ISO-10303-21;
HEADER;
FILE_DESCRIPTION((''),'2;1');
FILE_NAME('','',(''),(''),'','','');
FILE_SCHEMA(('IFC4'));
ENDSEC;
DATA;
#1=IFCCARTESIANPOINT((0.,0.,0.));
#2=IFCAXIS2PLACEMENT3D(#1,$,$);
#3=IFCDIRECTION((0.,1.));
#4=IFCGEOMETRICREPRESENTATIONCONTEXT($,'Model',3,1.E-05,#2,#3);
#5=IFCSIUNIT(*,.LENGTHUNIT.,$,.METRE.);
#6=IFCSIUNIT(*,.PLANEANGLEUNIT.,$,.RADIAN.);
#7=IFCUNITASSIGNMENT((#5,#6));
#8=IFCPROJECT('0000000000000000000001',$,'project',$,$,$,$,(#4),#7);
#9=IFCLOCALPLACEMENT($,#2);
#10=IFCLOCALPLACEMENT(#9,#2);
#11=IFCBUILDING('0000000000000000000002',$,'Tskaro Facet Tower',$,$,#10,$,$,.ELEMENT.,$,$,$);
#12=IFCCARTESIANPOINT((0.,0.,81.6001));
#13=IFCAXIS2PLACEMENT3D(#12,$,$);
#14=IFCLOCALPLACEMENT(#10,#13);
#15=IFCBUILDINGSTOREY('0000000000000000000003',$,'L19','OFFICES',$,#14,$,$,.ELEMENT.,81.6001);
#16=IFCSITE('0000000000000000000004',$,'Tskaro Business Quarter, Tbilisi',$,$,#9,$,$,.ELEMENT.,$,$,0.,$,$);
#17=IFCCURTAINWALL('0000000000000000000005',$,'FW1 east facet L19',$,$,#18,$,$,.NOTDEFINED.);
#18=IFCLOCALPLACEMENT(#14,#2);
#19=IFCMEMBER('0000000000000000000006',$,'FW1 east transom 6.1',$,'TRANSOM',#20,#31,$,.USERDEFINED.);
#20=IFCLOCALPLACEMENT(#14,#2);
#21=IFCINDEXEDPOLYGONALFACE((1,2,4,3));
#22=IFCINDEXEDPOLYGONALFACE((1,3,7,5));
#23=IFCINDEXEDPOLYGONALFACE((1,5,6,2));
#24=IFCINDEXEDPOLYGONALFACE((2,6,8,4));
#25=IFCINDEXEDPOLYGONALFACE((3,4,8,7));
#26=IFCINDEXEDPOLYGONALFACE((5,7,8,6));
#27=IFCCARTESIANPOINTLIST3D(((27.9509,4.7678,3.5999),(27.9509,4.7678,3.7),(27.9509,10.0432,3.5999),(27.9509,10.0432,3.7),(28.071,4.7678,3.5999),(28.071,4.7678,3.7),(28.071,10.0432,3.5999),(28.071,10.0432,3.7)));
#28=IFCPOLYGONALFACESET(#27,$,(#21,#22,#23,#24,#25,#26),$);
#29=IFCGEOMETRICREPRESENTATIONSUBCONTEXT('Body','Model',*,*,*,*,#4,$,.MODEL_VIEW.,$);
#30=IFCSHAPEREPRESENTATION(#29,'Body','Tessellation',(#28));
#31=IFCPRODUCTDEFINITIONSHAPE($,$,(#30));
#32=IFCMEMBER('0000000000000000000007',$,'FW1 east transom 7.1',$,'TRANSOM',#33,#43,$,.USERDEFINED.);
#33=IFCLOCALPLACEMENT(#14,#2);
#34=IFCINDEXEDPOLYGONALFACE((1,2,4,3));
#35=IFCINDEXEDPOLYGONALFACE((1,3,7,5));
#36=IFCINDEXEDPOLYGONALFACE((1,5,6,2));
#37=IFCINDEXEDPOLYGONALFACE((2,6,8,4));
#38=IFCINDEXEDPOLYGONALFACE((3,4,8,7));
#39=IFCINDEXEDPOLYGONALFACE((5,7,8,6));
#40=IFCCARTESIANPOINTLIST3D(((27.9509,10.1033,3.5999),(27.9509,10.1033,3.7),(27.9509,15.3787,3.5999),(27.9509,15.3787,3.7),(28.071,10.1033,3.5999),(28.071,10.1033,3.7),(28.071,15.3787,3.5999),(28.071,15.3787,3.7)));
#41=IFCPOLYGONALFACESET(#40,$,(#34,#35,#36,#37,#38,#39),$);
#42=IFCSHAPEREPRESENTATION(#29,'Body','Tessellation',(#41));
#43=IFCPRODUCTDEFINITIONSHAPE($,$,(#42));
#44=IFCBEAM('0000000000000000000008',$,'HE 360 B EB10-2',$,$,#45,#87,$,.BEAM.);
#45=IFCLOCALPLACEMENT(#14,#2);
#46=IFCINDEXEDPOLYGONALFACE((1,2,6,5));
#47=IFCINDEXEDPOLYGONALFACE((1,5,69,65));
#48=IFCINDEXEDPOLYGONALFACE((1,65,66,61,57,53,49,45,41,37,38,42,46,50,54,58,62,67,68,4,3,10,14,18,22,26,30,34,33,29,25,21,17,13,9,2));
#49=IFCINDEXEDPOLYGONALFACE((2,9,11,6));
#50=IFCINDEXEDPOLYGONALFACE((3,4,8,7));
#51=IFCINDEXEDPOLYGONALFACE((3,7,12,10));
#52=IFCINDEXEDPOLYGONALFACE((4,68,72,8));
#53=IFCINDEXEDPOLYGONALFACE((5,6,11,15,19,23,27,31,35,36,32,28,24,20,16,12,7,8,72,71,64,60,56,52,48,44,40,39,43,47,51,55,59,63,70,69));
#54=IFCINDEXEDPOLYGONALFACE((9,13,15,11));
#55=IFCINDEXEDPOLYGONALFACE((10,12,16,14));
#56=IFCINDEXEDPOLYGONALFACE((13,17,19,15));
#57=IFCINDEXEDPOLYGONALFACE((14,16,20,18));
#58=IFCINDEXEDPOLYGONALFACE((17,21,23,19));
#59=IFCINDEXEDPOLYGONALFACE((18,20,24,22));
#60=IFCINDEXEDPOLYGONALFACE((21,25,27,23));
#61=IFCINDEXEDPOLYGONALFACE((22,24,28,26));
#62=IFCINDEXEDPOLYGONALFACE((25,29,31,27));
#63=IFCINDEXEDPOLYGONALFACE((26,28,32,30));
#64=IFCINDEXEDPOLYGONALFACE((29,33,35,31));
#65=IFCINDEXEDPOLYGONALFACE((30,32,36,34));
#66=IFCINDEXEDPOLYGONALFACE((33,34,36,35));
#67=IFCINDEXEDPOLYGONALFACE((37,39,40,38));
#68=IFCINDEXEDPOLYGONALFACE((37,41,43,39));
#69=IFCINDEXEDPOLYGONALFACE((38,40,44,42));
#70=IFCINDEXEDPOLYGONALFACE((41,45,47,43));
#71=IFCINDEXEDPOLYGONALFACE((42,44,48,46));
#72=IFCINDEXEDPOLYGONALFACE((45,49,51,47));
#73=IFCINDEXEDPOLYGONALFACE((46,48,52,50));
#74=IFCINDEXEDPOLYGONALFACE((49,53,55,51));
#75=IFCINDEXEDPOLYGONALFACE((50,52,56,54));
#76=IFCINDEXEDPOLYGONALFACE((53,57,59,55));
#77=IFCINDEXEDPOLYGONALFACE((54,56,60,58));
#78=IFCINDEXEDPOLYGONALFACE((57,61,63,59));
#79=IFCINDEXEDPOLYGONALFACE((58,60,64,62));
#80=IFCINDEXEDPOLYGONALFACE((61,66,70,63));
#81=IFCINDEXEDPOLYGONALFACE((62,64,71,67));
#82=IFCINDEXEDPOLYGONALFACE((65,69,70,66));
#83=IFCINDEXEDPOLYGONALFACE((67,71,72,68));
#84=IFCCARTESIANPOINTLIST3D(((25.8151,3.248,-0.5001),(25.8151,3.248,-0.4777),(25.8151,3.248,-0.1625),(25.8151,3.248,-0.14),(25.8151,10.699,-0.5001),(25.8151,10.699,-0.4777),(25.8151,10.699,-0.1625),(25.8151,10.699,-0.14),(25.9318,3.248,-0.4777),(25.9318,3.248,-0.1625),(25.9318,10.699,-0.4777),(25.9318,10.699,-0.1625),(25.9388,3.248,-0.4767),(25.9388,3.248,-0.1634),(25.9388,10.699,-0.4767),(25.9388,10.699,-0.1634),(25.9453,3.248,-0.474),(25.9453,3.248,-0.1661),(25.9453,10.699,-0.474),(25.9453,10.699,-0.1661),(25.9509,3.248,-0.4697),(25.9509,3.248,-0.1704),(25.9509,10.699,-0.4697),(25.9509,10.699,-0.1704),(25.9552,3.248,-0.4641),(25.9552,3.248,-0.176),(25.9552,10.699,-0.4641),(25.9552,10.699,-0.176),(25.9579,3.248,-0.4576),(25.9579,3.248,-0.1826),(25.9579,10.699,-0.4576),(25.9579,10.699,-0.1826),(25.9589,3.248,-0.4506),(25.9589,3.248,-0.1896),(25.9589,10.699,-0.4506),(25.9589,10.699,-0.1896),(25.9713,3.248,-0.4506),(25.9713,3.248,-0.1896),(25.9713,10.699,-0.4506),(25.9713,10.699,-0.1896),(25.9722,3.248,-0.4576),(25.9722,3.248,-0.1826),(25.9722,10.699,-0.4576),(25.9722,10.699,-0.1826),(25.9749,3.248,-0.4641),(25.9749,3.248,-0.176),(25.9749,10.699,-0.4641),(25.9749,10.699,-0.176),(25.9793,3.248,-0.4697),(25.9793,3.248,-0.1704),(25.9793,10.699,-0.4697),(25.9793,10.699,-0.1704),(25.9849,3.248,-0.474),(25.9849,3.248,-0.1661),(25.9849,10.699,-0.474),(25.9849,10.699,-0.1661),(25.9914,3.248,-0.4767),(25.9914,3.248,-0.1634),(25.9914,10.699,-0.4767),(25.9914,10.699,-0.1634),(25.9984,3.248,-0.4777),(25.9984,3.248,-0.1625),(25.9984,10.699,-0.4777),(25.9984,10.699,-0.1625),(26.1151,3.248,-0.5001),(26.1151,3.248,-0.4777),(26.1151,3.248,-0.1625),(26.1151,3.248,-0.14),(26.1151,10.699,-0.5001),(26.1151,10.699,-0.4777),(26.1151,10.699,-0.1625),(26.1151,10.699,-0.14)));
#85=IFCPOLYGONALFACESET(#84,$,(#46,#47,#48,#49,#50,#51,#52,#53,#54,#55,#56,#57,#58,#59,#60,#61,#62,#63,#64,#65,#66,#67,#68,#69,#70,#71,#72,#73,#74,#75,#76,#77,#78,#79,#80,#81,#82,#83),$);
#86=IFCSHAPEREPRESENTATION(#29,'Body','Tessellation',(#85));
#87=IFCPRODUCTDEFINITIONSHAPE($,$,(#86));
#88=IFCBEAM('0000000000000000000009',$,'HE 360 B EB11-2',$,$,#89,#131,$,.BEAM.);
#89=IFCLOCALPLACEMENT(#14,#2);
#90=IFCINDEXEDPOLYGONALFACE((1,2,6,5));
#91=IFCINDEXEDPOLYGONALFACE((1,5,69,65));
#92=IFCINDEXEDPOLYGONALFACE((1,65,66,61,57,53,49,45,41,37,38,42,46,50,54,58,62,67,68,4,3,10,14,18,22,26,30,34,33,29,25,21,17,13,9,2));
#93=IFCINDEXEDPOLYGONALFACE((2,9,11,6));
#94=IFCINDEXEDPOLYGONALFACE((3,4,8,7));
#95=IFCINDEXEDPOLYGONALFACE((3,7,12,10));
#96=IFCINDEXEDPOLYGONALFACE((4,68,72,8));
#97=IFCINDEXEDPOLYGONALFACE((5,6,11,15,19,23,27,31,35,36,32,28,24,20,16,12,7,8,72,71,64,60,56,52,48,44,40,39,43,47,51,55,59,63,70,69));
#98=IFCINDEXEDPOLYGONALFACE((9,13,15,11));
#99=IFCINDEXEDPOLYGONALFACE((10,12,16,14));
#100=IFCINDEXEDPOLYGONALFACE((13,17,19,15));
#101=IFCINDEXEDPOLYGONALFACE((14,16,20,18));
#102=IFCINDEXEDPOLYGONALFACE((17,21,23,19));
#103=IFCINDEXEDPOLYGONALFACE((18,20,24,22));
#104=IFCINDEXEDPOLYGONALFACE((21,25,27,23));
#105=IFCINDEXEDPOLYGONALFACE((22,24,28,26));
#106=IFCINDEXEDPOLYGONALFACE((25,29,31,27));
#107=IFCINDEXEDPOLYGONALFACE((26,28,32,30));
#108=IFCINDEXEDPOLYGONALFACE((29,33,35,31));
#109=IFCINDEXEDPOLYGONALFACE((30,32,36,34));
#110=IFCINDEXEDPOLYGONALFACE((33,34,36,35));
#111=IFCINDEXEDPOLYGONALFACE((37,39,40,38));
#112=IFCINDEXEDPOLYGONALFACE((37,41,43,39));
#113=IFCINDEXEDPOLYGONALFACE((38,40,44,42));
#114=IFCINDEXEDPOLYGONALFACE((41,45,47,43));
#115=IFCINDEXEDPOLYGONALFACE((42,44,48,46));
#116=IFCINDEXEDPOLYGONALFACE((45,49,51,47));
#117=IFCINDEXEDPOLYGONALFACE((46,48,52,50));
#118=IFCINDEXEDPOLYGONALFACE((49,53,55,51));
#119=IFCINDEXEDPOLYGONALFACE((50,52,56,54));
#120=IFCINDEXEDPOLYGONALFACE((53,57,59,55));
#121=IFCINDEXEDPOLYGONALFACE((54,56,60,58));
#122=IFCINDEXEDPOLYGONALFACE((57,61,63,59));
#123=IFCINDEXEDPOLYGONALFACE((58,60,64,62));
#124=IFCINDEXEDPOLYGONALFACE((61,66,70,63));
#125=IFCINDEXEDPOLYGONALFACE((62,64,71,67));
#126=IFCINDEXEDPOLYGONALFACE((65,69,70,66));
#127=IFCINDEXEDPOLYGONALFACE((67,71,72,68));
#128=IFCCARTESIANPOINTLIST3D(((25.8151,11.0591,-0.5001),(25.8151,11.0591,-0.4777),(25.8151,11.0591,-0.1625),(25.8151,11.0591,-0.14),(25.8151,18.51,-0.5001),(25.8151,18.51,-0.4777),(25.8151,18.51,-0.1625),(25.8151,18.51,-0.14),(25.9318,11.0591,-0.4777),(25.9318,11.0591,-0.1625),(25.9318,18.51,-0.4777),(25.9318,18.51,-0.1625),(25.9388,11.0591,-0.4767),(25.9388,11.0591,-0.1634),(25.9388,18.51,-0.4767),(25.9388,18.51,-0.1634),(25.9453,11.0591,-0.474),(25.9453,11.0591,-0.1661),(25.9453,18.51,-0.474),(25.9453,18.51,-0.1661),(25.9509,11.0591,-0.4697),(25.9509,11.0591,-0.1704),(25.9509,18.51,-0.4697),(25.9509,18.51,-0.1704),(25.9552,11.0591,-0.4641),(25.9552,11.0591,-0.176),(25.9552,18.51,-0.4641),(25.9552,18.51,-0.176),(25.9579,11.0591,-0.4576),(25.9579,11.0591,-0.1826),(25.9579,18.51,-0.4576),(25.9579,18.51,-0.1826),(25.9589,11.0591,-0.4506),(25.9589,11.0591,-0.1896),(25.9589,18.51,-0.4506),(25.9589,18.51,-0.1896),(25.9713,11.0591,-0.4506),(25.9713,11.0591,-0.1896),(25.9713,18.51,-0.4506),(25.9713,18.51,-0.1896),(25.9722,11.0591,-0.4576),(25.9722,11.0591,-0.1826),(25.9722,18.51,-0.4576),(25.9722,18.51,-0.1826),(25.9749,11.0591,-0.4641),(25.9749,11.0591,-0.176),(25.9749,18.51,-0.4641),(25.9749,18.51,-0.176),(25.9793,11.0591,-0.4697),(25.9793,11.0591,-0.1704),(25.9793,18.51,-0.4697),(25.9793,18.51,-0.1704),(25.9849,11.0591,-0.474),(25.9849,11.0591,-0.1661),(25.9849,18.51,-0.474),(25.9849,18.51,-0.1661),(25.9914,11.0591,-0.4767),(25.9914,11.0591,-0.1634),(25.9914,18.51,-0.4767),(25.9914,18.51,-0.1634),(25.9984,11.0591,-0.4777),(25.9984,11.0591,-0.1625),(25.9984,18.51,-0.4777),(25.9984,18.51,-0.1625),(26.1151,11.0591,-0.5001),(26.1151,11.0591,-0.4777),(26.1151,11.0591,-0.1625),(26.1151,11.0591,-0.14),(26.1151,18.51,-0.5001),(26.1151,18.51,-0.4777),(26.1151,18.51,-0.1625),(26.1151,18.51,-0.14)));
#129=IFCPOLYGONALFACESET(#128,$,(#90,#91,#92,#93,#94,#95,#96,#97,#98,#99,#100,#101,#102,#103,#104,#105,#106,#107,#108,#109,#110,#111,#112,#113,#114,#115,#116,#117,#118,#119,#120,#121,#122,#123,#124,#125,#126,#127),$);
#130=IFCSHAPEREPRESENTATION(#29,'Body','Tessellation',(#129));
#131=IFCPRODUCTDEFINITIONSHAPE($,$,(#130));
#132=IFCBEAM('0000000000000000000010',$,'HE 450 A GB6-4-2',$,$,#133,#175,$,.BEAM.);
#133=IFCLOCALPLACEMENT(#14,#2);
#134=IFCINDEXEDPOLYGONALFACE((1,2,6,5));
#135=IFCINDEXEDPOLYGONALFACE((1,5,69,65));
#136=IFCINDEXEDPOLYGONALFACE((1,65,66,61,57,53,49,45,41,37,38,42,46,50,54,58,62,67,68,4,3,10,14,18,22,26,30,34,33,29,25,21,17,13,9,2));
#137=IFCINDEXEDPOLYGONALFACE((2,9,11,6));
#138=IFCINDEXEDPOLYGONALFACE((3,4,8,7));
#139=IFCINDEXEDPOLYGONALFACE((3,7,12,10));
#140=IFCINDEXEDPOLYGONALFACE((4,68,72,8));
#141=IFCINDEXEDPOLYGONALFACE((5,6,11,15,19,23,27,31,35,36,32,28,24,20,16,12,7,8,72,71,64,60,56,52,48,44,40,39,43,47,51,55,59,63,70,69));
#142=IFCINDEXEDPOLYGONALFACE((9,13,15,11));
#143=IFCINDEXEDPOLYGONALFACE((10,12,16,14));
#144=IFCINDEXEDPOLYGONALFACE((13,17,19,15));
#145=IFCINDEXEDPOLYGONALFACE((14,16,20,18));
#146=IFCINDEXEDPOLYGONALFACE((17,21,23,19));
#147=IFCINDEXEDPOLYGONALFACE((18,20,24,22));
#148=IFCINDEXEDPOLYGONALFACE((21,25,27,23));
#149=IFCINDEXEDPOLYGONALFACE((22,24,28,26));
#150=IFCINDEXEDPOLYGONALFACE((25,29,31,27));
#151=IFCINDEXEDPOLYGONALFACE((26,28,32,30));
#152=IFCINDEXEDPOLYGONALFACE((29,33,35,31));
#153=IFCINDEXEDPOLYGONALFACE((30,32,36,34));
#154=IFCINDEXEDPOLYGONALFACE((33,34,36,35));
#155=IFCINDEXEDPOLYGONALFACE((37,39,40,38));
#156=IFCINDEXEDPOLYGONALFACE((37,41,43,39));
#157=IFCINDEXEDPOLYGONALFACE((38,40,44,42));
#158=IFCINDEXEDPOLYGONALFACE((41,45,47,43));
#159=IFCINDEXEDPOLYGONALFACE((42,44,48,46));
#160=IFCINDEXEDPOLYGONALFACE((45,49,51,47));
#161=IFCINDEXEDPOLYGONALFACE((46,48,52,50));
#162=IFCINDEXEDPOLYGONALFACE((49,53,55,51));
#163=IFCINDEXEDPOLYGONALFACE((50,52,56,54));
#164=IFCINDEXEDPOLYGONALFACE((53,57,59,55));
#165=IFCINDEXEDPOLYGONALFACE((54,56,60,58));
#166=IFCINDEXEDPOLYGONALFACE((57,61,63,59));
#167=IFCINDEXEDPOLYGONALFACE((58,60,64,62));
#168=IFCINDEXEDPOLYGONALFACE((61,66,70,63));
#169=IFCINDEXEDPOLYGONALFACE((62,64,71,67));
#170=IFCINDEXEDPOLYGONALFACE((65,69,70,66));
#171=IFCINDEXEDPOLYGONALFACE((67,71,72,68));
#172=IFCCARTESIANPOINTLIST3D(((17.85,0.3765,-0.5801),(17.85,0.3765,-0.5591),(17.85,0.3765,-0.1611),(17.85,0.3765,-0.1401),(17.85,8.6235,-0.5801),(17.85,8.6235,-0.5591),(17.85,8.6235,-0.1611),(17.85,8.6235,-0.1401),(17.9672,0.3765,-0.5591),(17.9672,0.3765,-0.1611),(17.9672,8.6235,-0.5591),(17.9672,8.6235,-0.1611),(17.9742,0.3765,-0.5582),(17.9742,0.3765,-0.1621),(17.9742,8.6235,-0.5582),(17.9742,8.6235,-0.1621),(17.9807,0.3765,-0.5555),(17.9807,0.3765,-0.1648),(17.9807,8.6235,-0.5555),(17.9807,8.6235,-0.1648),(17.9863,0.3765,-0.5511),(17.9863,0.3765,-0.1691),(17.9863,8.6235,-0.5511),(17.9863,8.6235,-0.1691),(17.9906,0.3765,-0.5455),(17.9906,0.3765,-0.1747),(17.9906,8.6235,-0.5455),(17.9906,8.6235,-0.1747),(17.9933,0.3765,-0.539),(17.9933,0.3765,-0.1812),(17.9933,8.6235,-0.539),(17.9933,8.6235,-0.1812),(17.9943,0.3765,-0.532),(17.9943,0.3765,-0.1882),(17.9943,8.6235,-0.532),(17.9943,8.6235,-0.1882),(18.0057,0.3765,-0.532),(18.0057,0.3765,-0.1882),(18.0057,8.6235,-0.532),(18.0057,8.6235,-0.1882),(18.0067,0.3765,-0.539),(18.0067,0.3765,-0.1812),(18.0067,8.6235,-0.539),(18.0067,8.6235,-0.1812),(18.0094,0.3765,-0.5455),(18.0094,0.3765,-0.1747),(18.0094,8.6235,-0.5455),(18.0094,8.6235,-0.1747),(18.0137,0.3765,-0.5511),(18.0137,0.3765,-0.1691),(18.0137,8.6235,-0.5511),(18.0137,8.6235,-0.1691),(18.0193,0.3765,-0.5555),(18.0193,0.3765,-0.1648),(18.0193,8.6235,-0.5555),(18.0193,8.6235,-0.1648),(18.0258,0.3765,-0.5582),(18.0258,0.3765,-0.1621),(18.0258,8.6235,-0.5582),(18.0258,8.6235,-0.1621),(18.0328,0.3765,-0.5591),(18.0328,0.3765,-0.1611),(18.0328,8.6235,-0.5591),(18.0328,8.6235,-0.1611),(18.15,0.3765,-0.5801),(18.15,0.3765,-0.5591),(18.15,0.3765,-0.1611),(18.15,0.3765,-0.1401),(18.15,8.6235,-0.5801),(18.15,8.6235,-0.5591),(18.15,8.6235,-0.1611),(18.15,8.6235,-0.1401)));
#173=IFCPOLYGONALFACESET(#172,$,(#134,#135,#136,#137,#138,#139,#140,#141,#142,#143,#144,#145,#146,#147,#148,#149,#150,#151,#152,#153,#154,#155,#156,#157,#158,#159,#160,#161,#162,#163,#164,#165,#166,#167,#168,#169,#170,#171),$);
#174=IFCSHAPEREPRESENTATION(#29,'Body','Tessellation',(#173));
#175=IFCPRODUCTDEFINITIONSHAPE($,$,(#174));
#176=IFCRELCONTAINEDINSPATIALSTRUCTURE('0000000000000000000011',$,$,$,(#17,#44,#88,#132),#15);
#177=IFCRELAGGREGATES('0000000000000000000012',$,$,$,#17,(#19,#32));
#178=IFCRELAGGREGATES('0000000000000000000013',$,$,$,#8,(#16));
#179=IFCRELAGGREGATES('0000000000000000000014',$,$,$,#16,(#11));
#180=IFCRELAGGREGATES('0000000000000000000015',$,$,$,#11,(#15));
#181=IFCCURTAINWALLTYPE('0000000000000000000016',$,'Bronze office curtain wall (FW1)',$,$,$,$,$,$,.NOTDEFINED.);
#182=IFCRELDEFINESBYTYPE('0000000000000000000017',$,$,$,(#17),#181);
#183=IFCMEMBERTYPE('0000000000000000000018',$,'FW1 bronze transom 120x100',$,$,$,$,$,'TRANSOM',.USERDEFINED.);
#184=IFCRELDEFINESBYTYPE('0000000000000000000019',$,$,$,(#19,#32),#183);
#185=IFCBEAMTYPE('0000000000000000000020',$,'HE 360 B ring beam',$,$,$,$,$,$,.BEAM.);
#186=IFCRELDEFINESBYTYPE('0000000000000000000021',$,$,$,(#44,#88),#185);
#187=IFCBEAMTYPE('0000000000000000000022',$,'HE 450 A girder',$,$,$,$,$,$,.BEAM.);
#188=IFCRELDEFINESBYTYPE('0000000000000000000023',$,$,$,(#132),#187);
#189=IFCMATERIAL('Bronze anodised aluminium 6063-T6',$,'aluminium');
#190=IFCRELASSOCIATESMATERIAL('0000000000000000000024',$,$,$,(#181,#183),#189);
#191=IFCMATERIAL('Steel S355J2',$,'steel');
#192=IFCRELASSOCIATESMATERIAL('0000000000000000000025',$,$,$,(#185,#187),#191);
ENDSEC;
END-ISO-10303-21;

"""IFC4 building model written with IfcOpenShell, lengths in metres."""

from ifc_helpers import new_model, si_unit, direction, frame, origin, origin_2d, place, context, subcontext, project, spatial, rectangle, i_section, extrude, material, material_profile, profile_set, type_object, element, aggregate, save


model = new_model("IFC4")

# Units and contexts
model_context = context("Model", 3, precision=1e-05, world=origin(), true_north=direction((0.0, 1.0)))
body_context = subcontext(model_context, "Body", "Model", "MODEL_VIEW")
ifc_project = project(units=[si_unit("LENGTHUNIT", "METRE"), si_unit("PLANEANGLEUNIT", "RADIAN")], contexts=[model_context])

# Site, building, storey
site_placement = place(None, origin())
site = spatial("IfcSite", under=ifc_project, at=site_placement, Name="Tskaro Business Quarter, Tbilisi", CompositionType="ELEMENT", RefElevation=0.0)
building_placement = place(site_placement, origin())
building = spatial("IfcBuilding", under=site, at=building_placement, Name="Tskaro Facet Tower", CompositionType="ELEMENT")
storey_placement = place(building_placement, frame((0.0, 0.0, 81.6001)))
storey = spatial("IfcBuildingStorey", under=building, at=storey_placement, Name="L19", Description="OFFICES", CompositionType="ELEMENT", Elevation=81.6001)

# Curtain wall, members
ifc_material_1 = material(Name="Bronze anodised aluminium 6063-T6", Category="aluminium")
curtain_wall_type = type_object("IfcCurtainWallType", Name="Bronze office curtain wall (FW1)", PredefinedType="NOTDEFINED", material=ifc_material_1)
curtain_wall_placement = place(storey_placement, origin())
curtain_wall = element("IfcCurtainWall", 1, at=curtain_wall_placement, inside=storey, type_object=curtain_wall_type, Name="FW1 east facet L19", PredefinedType="NOTDEFINED")
ifc_material_profile_1 = material_profile(ifc_material_1, rectangle(XDim=0.1201, YDim=0.1001, at=origin_2d()), Name="Transom 120x100")
ifc_profile_set_1 = profile_set([ifc_material_profile_1], Name="Bronze anodised aluminium 6063-T6")
member_type_1 = type_object("IfcMemberType", Name="FW1 bronze transom 120x100", ElementType="TRANSOM", PredefinedType="USERDEFINED", material=ifc_profile_set_1)
member_1_placement = place(storey_placement, frame((28.011, 4.7678, 3.6499), z_axis=(0.0, 1.0, 0.0), x_axis=(-1.0, 0.0, 0.0)))
member_1 = element("IfcMember", 2, at=member_1_placement, type_object=member_type_1, Name="FW1 east transom 6.1", ObjectType="TRANSOM", PredefinedType="USERDEFINED", context=body_context, shape_type="SweptSolid", body=[
    extrude(rectangle(XDim=0.1201, YDim=0.1001, at=origin_2d()), origin(), (0.0, 0.0, 1.0), 5.2754),
])
member_2_placement = place(storey_placement, frame((28.011, 10.1033, 3.6499), z_axis=(0.0, 1.0, 0.0), x_axis=(-1.0, 0.0, 0.0)))
member_2 = element("IfcMember", 3, at=member_2_placement, type_object=member_type_1, Name="FW1 east transom 7.1", ObjectType="TRANSOM", PredefinedType="USERDEFINED", context=body_context, shape_type="SweptSolid", body=[
    extrude(rectangle(XDim=0.1201, YDim=0.1001, at=origin_2d()), origin(), (0.0, 0.0, 1.0), 5.2754),
])

# Beams
ifc_material_2 = material(Name="Steel S355J2", Category="steel")
ifc_material_profile_2 = material_profile(ifc_material_2, i_section(OverallWidth=0.3, OverallDepth=0.3601, WebThickness=0.0125, FlangeThickness=0.0225, FilletRadius=0.0271, at=origin_2d()), Name="HE 360 B")
ifc_profile_set_2 = profile_set([ifc_material_profile_2], Name="Steel S355J2")
beam_type_1 = type_object("IfcBeamType", Name="HE 360 B ring beam", PredefinedType="BEAM", material=ifc_profile_set_2)
for number, where, z_axis, x_axis, name in (
    (4, (25.9651, 3.248, -0.3201), (0.0, 1.0, 0.0), (-1.0, 0.0, 0.0), "HE 360 B EB10-2"),
    (5, (25.9651, 11.0591, -0.3201), (0.0, 1.0, 0.0), (-1.0, 0.0, 0.0), "HE 360 B EB11-2"),
):
    element("IfcBeam", number, at=place(storey_placement, frame(where, z_axis=z_axis, x_axis=x_axis)), inside=storey, type_object=beam_type_1, Name=name, PredefinedType="BEAM", context=body_context, shape_type="SweptSolid", body=[
        extrude(i_section(OverallWidth=0.3, OverallDepth=0.3601, WebThickness=0.0125, FlangeThickness=0.0225, FilletRadius=0.0271, at=origin_2d()), origin(), (0.0, 0.0, 1.0), 7.4509),
    ])
ifc_material_profile_3 = material_profile(ifc_material_2, i_section(OverallWidth=0.3, OverallDepth=0.4399, WebThickness=0.0115, FlangeThickness=0.021, FilletRadius=0.0271, at=origin_2d()), Name="HE 450 A")
ifc_profile_set_3 = profile_set([ifc_material_profile_3], Name="Steel S355J2")
beam_type_2 = type_object("IfcBeamType", Name="HE 450 A girder", PredefinedType="BEAM", material=ifc_profile_set_3)
for number, where, z_axis, x_axis, name in (
    (6, (18.0, 0.3765, -0.3601), (0.0, 1.0, 0.0), (-1.0, 0.0, 0.0), "HE 450 A GB6-4-2"),
):
    element("IfcBeam", number, at=place(storey_placement, frame(where, z_axis=z_axis, x_axis=x_axis)), inside=storey, type_object=beam_type_2, Name=name, PredefinedType="BEAM", context=body_context, shape_type="SweptSolid", body=[
        extrude(i_section(OverallWidth=0.3, OverallDepth=0.4399, WebThickness=0.0115, FlangeThickness=0.021, FilletRadius=0.0271, at=origin_2d()), origin(), (0.0, 0.0, 1.0), 8.2471),
    ])

aggregate(curtain_wall, [member_1, member_2])

save(model, "model.ifc")
